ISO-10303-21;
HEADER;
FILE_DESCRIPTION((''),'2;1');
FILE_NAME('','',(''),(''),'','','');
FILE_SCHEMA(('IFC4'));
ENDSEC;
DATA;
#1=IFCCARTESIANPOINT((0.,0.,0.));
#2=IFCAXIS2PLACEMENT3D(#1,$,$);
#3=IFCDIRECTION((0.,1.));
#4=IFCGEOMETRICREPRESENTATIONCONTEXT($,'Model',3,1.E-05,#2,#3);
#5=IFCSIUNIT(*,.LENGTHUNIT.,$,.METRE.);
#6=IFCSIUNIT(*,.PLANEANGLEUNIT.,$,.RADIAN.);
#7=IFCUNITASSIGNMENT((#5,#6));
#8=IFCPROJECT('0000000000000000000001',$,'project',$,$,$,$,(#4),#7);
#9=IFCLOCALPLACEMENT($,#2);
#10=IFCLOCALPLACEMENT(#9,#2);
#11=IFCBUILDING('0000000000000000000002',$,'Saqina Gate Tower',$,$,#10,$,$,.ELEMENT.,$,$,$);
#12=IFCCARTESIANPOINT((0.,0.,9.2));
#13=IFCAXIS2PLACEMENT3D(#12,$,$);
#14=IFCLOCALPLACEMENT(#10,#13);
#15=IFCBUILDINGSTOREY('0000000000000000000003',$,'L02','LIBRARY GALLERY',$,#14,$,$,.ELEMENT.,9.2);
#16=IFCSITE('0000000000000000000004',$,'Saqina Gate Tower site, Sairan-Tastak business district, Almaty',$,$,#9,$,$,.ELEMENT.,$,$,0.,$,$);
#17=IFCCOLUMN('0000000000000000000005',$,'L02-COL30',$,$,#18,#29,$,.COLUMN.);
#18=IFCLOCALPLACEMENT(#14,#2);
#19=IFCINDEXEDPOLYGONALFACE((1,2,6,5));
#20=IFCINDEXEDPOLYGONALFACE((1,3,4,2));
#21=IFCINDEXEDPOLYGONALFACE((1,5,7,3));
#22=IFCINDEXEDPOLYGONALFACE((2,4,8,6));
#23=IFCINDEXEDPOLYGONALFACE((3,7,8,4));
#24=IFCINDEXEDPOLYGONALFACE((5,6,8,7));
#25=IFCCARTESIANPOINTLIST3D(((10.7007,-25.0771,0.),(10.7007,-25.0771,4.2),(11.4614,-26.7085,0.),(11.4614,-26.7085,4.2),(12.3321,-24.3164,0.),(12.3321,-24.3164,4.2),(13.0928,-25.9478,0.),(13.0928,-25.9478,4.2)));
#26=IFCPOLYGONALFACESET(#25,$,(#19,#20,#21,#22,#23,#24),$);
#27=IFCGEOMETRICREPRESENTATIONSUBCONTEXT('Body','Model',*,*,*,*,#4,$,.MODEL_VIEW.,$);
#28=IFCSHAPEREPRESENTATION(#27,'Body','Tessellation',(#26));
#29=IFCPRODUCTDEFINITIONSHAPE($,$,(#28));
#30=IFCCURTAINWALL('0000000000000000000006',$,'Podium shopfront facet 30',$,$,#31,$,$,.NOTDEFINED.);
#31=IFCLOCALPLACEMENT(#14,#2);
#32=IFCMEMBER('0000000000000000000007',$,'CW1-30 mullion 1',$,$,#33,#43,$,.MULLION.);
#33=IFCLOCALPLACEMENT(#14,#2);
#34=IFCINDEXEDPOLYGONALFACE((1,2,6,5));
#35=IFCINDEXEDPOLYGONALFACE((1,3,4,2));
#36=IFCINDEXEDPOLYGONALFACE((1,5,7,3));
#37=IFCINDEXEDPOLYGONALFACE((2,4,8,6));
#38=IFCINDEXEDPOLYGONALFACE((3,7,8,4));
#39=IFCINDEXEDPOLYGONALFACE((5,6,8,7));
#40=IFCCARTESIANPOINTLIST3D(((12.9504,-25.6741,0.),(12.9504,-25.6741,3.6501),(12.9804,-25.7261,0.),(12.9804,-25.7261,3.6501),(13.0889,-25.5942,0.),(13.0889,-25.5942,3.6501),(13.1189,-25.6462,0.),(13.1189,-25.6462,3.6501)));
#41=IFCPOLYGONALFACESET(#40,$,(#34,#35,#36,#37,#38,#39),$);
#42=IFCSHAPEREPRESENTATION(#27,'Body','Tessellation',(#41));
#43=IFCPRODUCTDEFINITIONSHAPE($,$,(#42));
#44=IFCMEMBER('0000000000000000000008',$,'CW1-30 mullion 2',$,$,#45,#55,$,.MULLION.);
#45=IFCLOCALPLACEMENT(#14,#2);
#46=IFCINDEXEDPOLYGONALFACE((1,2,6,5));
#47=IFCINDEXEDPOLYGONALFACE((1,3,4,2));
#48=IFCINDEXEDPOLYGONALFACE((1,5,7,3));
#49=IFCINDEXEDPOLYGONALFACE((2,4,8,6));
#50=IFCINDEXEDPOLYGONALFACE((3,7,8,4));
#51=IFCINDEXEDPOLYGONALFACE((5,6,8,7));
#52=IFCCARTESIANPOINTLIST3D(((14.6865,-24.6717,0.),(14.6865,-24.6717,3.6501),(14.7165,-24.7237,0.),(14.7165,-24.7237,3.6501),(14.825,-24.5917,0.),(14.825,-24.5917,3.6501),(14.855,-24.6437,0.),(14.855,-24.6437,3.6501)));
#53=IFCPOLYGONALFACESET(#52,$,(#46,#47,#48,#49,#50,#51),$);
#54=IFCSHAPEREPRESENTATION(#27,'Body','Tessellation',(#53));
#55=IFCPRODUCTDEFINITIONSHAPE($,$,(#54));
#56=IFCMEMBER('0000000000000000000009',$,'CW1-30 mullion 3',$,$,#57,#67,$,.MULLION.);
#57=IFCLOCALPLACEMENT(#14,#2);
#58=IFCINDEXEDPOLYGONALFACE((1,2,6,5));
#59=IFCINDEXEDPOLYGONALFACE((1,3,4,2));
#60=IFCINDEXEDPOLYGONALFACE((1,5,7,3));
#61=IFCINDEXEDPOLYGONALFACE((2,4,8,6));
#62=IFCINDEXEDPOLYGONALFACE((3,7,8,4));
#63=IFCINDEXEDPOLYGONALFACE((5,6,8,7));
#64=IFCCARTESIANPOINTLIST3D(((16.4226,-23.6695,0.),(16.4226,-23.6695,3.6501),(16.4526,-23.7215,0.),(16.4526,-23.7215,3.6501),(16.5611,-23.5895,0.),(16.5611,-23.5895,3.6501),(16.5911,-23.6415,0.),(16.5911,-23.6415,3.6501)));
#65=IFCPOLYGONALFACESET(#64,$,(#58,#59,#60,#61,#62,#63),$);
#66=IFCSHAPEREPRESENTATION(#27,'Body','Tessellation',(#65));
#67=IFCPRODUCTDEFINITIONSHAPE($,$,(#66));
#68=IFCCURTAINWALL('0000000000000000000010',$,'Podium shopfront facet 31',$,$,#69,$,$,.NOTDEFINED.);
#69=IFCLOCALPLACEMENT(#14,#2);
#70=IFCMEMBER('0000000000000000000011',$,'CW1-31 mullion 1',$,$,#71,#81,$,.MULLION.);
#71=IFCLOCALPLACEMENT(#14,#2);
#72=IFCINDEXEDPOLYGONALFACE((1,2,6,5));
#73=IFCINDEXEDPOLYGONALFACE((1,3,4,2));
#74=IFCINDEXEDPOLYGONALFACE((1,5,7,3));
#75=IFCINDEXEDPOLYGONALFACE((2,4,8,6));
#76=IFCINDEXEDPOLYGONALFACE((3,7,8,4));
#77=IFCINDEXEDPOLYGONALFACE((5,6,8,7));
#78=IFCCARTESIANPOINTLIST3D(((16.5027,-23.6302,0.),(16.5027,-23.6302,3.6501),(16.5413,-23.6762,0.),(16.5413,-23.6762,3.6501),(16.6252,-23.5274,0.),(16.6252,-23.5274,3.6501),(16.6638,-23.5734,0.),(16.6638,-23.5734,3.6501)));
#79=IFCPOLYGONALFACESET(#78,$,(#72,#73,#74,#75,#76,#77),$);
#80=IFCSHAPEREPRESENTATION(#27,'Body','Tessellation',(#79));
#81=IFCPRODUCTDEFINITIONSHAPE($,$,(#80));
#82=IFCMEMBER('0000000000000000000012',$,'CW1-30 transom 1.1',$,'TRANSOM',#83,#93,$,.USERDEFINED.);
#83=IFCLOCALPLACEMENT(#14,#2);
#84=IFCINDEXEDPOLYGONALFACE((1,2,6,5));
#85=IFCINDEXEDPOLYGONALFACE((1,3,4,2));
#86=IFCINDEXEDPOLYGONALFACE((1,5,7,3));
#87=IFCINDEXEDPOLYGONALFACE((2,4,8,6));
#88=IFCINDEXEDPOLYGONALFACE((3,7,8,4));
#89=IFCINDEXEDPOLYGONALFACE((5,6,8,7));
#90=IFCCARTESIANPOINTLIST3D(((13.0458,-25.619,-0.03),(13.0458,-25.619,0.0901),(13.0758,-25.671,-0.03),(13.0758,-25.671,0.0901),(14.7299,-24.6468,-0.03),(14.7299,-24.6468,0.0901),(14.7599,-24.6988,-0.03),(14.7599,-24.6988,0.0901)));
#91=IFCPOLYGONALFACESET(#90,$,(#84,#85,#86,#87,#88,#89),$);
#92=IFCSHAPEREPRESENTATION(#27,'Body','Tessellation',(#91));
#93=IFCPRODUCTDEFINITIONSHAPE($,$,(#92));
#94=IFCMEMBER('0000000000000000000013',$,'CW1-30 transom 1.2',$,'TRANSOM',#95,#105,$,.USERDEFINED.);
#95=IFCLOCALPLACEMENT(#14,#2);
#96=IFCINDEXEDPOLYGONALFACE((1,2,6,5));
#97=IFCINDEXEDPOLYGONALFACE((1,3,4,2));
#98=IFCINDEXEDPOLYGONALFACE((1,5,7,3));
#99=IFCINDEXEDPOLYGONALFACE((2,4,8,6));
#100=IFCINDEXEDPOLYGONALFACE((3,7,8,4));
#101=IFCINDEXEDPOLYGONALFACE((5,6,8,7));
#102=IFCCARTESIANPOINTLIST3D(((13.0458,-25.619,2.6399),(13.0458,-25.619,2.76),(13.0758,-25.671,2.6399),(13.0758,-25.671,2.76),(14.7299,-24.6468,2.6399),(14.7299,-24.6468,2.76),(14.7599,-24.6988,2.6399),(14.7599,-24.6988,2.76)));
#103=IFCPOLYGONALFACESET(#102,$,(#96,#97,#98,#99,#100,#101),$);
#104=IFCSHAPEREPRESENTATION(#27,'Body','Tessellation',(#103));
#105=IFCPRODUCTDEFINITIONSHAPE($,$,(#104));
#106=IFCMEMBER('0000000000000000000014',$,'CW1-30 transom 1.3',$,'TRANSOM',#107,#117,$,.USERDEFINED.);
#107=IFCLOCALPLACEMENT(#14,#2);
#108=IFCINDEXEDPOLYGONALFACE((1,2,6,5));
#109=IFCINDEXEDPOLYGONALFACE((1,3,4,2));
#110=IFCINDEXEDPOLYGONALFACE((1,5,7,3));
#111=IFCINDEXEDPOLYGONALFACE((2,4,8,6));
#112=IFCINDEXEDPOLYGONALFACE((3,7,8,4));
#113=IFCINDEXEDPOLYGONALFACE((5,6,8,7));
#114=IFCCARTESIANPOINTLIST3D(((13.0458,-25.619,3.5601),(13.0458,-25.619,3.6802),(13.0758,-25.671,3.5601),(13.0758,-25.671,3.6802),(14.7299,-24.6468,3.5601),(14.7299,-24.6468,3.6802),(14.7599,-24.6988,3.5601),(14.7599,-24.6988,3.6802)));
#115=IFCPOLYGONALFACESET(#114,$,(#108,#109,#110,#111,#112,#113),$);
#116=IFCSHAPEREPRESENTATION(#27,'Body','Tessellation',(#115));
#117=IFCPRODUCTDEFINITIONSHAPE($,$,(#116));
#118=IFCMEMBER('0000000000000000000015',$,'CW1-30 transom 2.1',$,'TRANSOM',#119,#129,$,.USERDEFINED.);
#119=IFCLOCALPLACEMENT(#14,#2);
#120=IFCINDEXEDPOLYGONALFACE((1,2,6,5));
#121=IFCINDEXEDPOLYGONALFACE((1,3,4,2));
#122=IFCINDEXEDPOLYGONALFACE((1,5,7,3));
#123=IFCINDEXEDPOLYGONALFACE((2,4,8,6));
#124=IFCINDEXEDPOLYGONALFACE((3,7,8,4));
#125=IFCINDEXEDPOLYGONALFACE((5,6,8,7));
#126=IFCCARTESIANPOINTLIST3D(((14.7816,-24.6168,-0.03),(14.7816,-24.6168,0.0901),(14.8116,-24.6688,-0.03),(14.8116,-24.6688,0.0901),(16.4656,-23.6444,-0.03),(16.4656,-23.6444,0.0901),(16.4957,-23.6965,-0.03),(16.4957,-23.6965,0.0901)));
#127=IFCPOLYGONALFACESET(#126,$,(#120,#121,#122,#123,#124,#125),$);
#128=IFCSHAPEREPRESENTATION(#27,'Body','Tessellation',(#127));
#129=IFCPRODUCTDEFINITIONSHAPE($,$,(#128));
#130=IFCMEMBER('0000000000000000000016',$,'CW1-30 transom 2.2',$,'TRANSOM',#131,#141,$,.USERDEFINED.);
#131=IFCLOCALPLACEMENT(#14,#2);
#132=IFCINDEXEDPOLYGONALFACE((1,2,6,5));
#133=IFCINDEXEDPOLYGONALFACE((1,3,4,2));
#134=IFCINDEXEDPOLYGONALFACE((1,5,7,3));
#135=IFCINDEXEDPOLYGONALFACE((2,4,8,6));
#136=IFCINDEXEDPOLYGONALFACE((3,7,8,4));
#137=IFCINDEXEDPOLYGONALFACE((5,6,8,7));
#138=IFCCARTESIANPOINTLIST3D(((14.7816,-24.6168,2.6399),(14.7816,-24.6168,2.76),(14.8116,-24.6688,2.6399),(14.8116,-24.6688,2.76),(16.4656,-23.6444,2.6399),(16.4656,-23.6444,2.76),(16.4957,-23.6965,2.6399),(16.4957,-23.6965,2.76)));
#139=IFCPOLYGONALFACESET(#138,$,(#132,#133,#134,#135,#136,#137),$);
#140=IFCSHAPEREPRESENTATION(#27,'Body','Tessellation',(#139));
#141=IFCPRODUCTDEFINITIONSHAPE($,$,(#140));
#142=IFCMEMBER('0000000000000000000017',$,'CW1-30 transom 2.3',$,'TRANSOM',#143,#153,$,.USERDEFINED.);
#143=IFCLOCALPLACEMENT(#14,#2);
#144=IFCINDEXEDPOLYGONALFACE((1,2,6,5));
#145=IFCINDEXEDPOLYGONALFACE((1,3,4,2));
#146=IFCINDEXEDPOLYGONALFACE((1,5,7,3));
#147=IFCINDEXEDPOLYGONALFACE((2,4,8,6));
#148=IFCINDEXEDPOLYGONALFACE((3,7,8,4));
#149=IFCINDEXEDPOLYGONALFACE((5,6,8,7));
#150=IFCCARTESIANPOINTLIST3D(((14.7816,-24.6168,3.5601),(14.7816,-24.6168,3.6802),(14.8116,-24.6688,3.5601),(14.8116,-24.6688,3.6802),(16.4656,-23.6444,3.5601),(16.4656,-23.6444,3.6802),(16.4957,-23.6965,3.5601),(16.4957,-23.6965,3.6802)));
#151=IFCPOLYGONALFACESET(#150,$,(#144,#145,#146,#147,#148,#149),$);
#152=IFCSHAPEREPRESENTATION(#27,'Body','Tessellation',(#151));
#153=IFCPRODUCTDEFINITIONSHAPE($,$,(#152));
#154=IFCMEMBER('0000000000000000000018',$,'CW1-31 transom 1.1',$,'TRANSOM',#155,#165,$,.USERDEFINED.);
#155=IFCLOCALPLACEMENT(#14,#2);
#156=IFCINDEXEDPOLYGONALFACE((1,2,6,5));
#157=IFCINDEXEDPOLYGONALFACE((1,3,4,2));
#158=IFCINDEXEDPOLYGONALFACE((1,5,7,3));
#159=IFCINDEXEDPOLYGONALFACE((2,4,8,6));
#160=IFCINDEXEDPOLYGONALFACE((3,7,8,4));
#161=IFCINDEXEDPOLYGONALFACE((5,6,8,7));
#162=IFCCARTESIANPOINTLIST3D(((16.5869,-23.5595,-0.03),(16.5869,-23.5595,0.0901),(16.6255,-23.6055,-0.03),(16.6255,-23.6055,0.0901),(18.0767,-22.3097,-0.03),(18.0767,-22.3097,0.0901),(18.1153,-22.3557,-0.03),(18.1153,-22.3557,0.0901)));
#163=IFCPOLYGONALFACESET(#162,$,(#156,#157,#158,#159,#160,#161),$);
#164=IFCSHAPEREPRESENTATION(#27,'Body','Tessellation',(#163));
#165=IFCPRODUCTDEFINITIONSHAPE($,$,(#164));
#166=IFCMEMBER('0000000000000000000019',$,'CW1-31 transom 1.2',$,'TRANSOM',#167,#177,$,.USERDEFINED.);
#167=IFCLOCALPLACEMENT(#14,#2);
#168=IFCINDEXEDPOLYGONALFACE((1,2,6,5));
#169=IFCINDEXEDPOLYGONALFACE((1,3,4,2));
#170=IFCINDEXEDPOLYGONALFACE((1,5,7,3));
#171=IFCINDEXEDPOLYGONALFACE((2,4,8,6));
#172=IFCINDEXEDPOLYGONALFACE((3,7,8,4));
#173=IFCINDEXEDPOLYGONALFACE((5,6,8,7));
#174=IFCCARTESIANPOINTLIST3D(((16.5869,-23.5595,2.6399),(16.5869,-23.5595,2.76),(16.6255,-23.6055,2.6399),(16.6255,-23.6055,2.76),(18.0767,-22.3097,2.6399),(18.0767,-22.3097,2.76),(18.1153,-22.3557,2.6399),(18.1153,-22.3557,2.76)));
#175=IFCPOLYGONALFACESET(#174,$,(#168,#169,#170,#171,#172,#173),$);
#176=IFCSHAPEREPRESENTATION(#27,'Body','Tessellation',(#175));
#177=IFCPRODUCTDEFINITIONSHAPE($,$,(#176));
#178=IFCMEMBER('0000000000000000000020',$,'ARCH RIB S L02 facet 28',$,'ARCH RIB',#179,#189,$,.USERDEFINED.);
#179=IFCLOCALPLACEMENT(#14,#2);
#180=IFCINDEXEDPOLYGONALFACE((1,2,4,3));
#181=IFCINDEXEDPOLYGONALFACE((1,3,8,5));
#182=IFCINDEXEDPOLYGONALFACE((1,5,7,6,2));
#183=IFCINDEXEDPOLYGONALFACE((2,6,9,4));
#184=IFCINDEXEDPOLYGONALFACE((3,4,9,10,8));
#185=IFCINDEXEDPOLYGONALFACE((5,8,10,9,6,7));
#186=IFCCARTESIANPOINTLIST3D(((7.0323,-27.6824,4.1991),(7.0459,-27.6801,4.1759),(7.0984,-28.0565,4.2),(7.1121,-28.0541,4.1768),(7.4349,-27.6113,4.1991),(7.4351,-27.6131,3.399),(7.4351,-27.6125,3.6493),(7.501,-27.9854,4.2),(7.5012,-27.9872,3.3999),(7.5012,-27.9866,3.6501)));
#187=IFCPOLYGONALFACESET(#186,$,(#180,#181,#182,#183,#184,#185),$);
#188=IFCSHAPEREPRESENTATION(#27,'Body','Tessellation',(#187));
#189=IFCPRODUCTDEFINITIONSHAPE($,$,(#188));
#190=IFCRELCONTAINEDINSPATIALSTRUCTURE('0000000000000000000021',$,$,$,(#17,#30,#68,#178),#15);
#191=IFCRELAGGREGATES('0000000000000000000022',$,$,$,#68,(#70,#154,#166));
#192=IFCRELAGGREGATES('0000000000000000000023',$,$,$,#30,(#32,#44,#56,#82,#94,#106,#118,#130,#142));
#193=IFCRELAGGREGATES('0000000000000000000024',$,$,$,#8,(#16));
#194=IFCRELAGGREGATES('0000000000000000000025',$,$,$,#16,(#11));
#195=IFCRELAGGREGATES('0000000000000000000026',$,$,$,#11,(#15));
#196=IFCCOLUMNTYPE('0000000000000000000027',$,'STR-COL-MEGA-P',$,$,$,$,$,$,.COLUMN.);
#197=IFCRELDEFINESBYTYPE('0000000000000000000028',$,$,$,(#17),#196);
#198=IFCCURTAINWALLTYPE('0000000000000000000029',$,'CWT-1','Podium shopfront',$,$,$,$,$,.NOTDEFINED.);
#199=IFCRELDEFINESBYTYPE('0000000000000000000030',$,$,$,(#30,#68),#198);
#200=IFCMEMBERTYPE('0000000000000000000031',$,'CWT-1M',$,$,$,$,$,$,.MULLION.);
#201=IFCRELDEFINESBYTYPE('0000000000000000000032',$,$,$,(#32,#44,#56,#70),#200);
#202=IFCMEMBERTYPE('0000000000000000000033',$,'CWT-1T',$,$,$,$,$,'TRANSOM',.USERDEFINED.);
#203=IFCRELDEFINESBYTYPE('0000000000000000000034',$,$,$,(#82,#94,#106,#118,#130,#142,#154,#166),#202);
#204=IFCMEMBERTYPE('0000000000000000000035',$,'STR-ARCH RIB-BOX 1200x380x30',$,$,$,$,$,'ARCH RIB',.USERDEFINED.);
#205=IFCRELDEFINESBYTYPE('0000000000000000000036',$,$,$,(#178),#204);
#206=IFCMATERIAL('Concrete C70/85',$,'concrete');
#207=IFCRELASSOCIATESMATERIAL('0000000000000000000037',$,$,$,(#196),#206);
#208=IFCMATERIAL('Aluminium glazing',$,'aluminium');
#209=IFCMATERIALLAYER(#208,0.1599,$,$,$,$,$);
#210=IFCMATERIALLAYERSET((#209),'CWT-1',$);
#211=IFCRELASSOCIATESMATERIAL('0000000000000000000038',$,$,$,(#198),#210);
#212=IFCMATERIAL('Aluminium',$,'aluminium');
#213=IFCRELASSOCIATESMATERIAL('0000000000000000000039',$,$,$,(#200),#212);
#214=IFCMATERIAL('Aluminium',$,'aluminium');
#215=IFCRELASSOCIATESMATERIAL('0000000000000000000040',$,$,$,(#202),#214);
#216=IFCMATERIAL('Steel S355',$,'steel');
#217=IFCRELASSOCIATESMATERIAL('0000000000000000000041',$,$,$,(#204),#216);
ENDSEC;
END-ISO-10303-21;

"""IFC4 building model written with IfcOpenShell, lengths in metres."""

from ifc_helpers import new_model, si_unit, direction, frame, origin, origin_2d, place, context, subcontext, project, spatial, polyline, rectangle, hollow_rectangle, outline, extrude, material, layer, layer_set, material_profile, profile_set, type_object, element, aggregate, save


model = new_model("IFC4")

# Units and contexts
model_context = context("Model", 3, precision=1e-05, world=origin(), true_north=direction((0.0, 1.0)))
body_context = subcontext(model_context, "Body", "Model", "MODEL_VIEW")
ifc_project = project(units=[si_unit("LENGTHUNIT", "METRE"), si_unit("PLANEANGLEUNIT", "RADIAN")], contexts=[model_context])

# Site, building, storey
site_placement = place(None, origin())
site = spatial("IfcSite", under=ifc_project, at=site_placement, Name="Saqina Gate Tower site, Sairan-Tastak business district, Almaty", CompositionType="ELEMENT", RefElevation=0.0)
building_placement = place(site_placement, origin())
building = spatial("IfcBuilding", under=site, at=building_placement, Name="Saqina Gate Tower", CompositionType="ELEMENT")
storey_placement = place(building_placement, frame((0.0, 0.0, 9.2)))
storey = spatial("IfcBuildingStorey", under=building, at=storey_placement, Name="L02", Description="LIBRARY GALLERY", CompositionType="ELEMENT", Elevation=9.2)

# Column
ifc_material_1 = material(Name="Concrete C70/85", Category="concrete")
ifc_material_profile_1 = material_profile(ifc_material_1, rectangle(XDim=1.8, YDim=1.8, at=origin_2d()), Name="RC 1800x1800")
ifc_profile_set_1 = profile_set([ifc_material_profile_1], Name="Concrete C70/85")
column_type = type_object("IfcColumnType", Name="STR-COL-MEGA-P", PredefinedType="COLUMN", material=ifc_profile_set_1)
column_placement = place(storey_placement, frame((11.8967, -25.5125, 0.0), z_axis=(0.0, 0.0, 1.0), x_axis=(0.422618, -0.906308, 0.0)))
element("IfcColumn", 1, at=column_placement, inside=storey, type_object=column_type, Name="L02-COL30", PredefinedType="COLUMN", context=body_context, shape_type="SweptSolid", body=[
    extrude(rectangle(XDim=1.8, YDim=1.8, at=origin_2d()), origin(), (0.0, 0.0, 1.0), 4.2),
])

# Curtain wall, members
ifc_material_2 = material(Name="Aluminium glazing", Category="aluminium")
ifc_layer_1 = layer(ifc_material_2, 0.1599)
ifc_layer_set_1 = layer_set([ifc_layer_1], Name="CWT-1")
curtain_wall_type = type_object("IfcCurtainWallType", Name="CWT-1", Description="Podium shopfront", PredefinedType="NOTDEFINED", material=ifc_layer_set_1)
curtain_wall_1_placement = place(storey_placement, origin())
curtain_wall_1 = element("IfcCurtainWall", 2, at=curtain_wall_1_placement, inside=storey, type_object=curtain_wall_type, Name="Podium shopfront facet 30", PredefinedType="NOTDEFINED")
ifc_material_3 = material(Name="Aluminium", Category="aluminium")
ifc_material_profile_2 = material_profile(ifc_material_3, rectangle(XDim=0.0601, YDim=0.1599, at=origin_2d()), Name="Aluminium 60x160")
ifc_profile_set_2 = profile_set([ifc_material_profile_2], Name="Aluminium")
member_type_1 = type_object("IfcMemberType", Name="CWT-1M", PredefinedType="MULLION", material=ifc_profile_set_2)
member_1_placement = place(storey_placement, frame((13.0347, -25.6602, 0.0), z_axis=(0.0, 0.0, 1.0), x_axis=(-0.500014, 0.866017, 0.0)))
member_1 = element("IfcMember", 3, at=member_1_placement, type_object=member_type_1, Name="CW1-30 mullion 1", PredefinedType="MULLION", context=body_context, shape_type="SweptSolid", body=[
    extrude(rectangle(XDim=0.0601, YDim=0.1599, at=origin_2d()), origin(), (0.0, 0.0, 1.0), 3.6501),
])
member_2_placement = place(storey_placement, frame((14.7708, -24.6577, 0.0), z_axis=(0.0, 0.0, 1.0), x_axis=(-0.500014, 0.866017, 0.0)))
member_2 = element("IfcMember", 4, at=member_2_placement, type_object=member_type_1, Name="CW1-30 mullion 2", PredefinedType="MULLION", context=body_context, shape_type="SweptSolid", body=[
    extrude(rectangle(XDim=0.0601, YDim=0.1599, at=origin_2d()), origin(), (0.0, 0.0, 1.0), 3.6501),
])
member_3_placement = place(storey_placement, frame((16.5068, -23.6555, 0.0), z_axis=(0.0, 0.0, 1.0), x_axis=(-0.500014, 0.866017, 0.0)))
member_3 = element("IfcMember", 5, at=member_3_placement, type_object=member_type_1, Name="CW1-30 mullion 3", PredefinedType="MULLION", context=body_context, shape_type="SweptSolid", body=[
    extrude(rectangle(XDim=0.0601, YDim=0.1599, at=origin_2d()), origin(), (0.0, 0.0, 1.0), 3.6501),
])

# Curtain wall, member
curtain_wall_2_placement = place(storey_placement, origin())
curtain_wall_2 = element("IfcCurtainWall", 6, at=curtain_wall_2_placement, inside=storey, type_object=curtain_wall_type, Name="Podium shopfront facet 31", PredefinedType="NOTDEFINED")
member_4_placement = place(storey_placement, frame((16.5833, -23.6018, 0.0), z_axis=(0.0, 0.0, 1.0), x_axis=(-0.642779, 0.766051, 0.0)))
member_4 = element("IfcMember", 7, at=member_4_placement, type_object=member_type_1, Name="CW1-31 mullion 1", PredefinedType="MULLION", context=body_context, shape_type="SweptSolid", body=[
    extrude(rectangle(XDim=0.0601, YDim=0.1599, at=origin_2d()), origin(), (0.0, 0.0, 1.0), 3.6501),
])

# Members
ifc_material_4 = material(Name="Aluminium", Category="aluminium")
ifc_material_profile_3 = material_profile(ifc_material_4, rectangle(XDim=0.0601, YDim=0.1201, at=origin_2d()), Name="Aluminium 60x120")
ifc_profile_set_3 = profile_set([ifc_material_profile_3], Name="Aluminium")
member_type_2 = type_object("IfcMemberType", Name="CWT-1T", ElementType="TRANSOM", PredefinedType="USERDEFINED", material=ifc_profile_set_3)
member_5_placement = place(storey_placement, frame((13.0608, -25.645, 0.03), z_axis=(0.866056, 0.499947, 0.0), x_axis=(-0.499947, 0.866056, 0.0)))
member_5 = element("IfcMember", 8, at=member_5_placement, type_object=member_type_2, Name="CW1-30 transom 1.1", ObjectType="TRANSOM", PredefinedType="USERDEFINED", context=body_context, shape_type="SweptSolid", body=[
    extrude(rectangle(XDim=0.0601, YDim=0.1201, at=origin_2d()), origin(), (0.0, 0.0, 1.0), 1.9446),
])
member_6_placement = place(storey_placement, frame((13.0608, -25.645, 2.7), z_axis=(0.866056, 0.499947, 0.0), x_axis=(-0.499947, 0.866056, 0.0)))
member_6 = element("IfcMember", 9, at=member_6_placement, type_object=member_type_2, Name="CW1-30 transom 1.2", ObjectType="TRANSOM", PredefinedType="USERDEFINED", context=body_context, shape_type="SweptSolid", body=[
    extrude(rectangle(XDim=0.0601, YDim=0.1201, at=origin_2d()), origin(), (0.0, 0.0, 1.0), 1.9446),
])
member_7_placement = place(storey_placement, frame((13.0608, -25.645, 3.6201), z_axis=(0.866056, 0.499947, 0.0), x_axis=(-0.499947, 0.866056, 0.0)))
member_7 = element("IfcMember", 10, at=member_7_placement, type_object=member_type_2, Name="CW1-30 transom 1.3", ObjectType="TRANSOM", PredefinedType="USERDEFINED", context=body_context, shape_type="SweptSolid", body=[
    extrude(rectangle(XDim=0.0601, YDim=0.1201, at=origin_2d()), origin(), (0.0, 0.0, 1.0), 1.9446),
])
member_8_placement = place(storey_placement, frame((14.7966, -24.6428, 0.03), z_axis=(0.866002, 0.500041, 0.0), x_axis=(-0.500041, 0.866002, 0.0)))
member_8 = element("IfcMember", 11, at=member_8_placement, type_object=member_type_2, Name="CW1-30 transom 2.1", ObjectType="TRANSOM", PredefinedType="USERDEFINED", context=body_context, shape_type="SweptSolid", body=[
    extrude(rectangle(XDim=0.0601, YDim=0.1201, at=origin_2d()), origin(), (0.0, 0.0, 1.0), 1.9446),
])
member_9_placement = place(storey_placement, frame((14.7966, -24.6428, 2.7), z_axis=(0.866002, 0.500041, 0.0), x_axis=(-0.500041, 0.866002, 0.0)))
member_9 = element("IfcMember", 12, at=member_9_placement, type_object=member_type_2, Name="CW1-30 transom 2.2", ObjectType="TRANSOM", PredefinedType="USERDEFINED", context=body_context, shape_type="SweptSolid", body=[
    extrude(rectangle(XDim=0.0601, YDim=0.1201, at=origin_2d()), origin(), (0.0, 0.0, 1.0), 1.9446),
])
member_10_placement = place(storey_placement, frame((14.7966, -24.6428, 3.6201), z_axis=(0.866002, 0.500041, 0.0), x_axis=(-0.500041, 0.866002, 0.0)))
member_10 = element("IfcMember", 13, at=member_10_placement, type_object=member_type_2, Name="CW1-30 transom 2.3", ObjectType="TRANSOM", PredefinedType="USERDEFINED", context=body_context, shape_type="SweptSolid", body=[
    extrude(rectangle(XDim=0.0601, YDim=0.1201, at=origin_2d()), origin(), (0.0, 0.0, 1.0), 1.9446),
])
member_11_placement = place(storey_placement, frame((16.6062, -23.5825, 0.03), z_axis=(0.766118, 0.6427, 0.0), x_axis=(-0.6427, 0.766118, 0.0)))
member_11 = element("IfcMember", 14, at=member_11_placement, type_object=member_type_2, Name="CW1-31 transom 1.1", ObjectType="TRANSOM", PredefinedType="USERDEFINED", context=body_context, shape_type="SweptSolid", body=[
    extrude(rectangle(XDim=0.0601, YDim=0.1201, at=origin_2d()), origin(), (0.0, 0.0, 1.0), 1.9446),
])
member_12_placement = place(storey_placement, frame((16.6062, -23.5825, 2.7), z_axis=(0.766118, 0.6427, 0.0), x_axis=(-0.6427, 0.766118, 0.0)))
member_12 = element("IfcMember", 15, at=member_12_placement, type_object=member_type_2, Name="CW1-31 transom 1.2", ObjectType="TRANSOM", PredefinedType="USERDEFINED", context=body_context, shape_type="SweptSolid", body=[
    extrude(rectangle(XDim=0.0601, YDim=0.1201, at=origin_2d()), origin(), (0.0, 0.0, 1.0), 1.9446),
])
aggregate(curtain_wall_2, [member_4, member_11, member_12])

# Member
ifc_material_5 = material(Name="Steel S355", Category="steel")
ifc_material_profile_4 = material_profile(ifc_material_5, hollow_rectangle(XDim=1.2, YDim=0.3799, WallThickness=0.03, at=origin_2d()), Name="BOX 1200x380x30")
ifc_profile_set_4 = profile_set([ifc_material_profile_4], Name="Steel S355")
member_type_3 = type_object("IfcMemberType", Name="STR-ARCH RIB-BOX 1200x380x30", ElementType="ARCH RIB", PredefinedType="USERDEFINED", material=ifc_profile_set_4)
member_13_placement = place(storey_placement, frame((7.501, -27.9854, 4.2), z_axis=(0.174035, -0.984737, 0.00236), x_axis=(0.000461, -0.002315, -0.999997)))
element("IfcMember", 16, at=member_13_placement, inside=storey, type_object=member_type_3, Name="ARCH RIB S L02 facet 28", ObjectType="ARCH RIB", PredefinedType="USERDEFINED", context=body_context, shape_type="SweptSolid", body=[
    extrude(outline(polyline([(0.0, 0.0), (0.5498, 0.0), (0.8001, -0.0001), (0.0232, -0.395), (0.0, -0.4088), (0.0, 0.0)])), origin(), (0.0, 0.0, -1.0), 0.3799),
])

aggregate(curtain_wall_1, [member_1, member_2, member_3, member_5, member_6, member_7, member_8, member_9, member_10])

save(model, "model.ifc")
